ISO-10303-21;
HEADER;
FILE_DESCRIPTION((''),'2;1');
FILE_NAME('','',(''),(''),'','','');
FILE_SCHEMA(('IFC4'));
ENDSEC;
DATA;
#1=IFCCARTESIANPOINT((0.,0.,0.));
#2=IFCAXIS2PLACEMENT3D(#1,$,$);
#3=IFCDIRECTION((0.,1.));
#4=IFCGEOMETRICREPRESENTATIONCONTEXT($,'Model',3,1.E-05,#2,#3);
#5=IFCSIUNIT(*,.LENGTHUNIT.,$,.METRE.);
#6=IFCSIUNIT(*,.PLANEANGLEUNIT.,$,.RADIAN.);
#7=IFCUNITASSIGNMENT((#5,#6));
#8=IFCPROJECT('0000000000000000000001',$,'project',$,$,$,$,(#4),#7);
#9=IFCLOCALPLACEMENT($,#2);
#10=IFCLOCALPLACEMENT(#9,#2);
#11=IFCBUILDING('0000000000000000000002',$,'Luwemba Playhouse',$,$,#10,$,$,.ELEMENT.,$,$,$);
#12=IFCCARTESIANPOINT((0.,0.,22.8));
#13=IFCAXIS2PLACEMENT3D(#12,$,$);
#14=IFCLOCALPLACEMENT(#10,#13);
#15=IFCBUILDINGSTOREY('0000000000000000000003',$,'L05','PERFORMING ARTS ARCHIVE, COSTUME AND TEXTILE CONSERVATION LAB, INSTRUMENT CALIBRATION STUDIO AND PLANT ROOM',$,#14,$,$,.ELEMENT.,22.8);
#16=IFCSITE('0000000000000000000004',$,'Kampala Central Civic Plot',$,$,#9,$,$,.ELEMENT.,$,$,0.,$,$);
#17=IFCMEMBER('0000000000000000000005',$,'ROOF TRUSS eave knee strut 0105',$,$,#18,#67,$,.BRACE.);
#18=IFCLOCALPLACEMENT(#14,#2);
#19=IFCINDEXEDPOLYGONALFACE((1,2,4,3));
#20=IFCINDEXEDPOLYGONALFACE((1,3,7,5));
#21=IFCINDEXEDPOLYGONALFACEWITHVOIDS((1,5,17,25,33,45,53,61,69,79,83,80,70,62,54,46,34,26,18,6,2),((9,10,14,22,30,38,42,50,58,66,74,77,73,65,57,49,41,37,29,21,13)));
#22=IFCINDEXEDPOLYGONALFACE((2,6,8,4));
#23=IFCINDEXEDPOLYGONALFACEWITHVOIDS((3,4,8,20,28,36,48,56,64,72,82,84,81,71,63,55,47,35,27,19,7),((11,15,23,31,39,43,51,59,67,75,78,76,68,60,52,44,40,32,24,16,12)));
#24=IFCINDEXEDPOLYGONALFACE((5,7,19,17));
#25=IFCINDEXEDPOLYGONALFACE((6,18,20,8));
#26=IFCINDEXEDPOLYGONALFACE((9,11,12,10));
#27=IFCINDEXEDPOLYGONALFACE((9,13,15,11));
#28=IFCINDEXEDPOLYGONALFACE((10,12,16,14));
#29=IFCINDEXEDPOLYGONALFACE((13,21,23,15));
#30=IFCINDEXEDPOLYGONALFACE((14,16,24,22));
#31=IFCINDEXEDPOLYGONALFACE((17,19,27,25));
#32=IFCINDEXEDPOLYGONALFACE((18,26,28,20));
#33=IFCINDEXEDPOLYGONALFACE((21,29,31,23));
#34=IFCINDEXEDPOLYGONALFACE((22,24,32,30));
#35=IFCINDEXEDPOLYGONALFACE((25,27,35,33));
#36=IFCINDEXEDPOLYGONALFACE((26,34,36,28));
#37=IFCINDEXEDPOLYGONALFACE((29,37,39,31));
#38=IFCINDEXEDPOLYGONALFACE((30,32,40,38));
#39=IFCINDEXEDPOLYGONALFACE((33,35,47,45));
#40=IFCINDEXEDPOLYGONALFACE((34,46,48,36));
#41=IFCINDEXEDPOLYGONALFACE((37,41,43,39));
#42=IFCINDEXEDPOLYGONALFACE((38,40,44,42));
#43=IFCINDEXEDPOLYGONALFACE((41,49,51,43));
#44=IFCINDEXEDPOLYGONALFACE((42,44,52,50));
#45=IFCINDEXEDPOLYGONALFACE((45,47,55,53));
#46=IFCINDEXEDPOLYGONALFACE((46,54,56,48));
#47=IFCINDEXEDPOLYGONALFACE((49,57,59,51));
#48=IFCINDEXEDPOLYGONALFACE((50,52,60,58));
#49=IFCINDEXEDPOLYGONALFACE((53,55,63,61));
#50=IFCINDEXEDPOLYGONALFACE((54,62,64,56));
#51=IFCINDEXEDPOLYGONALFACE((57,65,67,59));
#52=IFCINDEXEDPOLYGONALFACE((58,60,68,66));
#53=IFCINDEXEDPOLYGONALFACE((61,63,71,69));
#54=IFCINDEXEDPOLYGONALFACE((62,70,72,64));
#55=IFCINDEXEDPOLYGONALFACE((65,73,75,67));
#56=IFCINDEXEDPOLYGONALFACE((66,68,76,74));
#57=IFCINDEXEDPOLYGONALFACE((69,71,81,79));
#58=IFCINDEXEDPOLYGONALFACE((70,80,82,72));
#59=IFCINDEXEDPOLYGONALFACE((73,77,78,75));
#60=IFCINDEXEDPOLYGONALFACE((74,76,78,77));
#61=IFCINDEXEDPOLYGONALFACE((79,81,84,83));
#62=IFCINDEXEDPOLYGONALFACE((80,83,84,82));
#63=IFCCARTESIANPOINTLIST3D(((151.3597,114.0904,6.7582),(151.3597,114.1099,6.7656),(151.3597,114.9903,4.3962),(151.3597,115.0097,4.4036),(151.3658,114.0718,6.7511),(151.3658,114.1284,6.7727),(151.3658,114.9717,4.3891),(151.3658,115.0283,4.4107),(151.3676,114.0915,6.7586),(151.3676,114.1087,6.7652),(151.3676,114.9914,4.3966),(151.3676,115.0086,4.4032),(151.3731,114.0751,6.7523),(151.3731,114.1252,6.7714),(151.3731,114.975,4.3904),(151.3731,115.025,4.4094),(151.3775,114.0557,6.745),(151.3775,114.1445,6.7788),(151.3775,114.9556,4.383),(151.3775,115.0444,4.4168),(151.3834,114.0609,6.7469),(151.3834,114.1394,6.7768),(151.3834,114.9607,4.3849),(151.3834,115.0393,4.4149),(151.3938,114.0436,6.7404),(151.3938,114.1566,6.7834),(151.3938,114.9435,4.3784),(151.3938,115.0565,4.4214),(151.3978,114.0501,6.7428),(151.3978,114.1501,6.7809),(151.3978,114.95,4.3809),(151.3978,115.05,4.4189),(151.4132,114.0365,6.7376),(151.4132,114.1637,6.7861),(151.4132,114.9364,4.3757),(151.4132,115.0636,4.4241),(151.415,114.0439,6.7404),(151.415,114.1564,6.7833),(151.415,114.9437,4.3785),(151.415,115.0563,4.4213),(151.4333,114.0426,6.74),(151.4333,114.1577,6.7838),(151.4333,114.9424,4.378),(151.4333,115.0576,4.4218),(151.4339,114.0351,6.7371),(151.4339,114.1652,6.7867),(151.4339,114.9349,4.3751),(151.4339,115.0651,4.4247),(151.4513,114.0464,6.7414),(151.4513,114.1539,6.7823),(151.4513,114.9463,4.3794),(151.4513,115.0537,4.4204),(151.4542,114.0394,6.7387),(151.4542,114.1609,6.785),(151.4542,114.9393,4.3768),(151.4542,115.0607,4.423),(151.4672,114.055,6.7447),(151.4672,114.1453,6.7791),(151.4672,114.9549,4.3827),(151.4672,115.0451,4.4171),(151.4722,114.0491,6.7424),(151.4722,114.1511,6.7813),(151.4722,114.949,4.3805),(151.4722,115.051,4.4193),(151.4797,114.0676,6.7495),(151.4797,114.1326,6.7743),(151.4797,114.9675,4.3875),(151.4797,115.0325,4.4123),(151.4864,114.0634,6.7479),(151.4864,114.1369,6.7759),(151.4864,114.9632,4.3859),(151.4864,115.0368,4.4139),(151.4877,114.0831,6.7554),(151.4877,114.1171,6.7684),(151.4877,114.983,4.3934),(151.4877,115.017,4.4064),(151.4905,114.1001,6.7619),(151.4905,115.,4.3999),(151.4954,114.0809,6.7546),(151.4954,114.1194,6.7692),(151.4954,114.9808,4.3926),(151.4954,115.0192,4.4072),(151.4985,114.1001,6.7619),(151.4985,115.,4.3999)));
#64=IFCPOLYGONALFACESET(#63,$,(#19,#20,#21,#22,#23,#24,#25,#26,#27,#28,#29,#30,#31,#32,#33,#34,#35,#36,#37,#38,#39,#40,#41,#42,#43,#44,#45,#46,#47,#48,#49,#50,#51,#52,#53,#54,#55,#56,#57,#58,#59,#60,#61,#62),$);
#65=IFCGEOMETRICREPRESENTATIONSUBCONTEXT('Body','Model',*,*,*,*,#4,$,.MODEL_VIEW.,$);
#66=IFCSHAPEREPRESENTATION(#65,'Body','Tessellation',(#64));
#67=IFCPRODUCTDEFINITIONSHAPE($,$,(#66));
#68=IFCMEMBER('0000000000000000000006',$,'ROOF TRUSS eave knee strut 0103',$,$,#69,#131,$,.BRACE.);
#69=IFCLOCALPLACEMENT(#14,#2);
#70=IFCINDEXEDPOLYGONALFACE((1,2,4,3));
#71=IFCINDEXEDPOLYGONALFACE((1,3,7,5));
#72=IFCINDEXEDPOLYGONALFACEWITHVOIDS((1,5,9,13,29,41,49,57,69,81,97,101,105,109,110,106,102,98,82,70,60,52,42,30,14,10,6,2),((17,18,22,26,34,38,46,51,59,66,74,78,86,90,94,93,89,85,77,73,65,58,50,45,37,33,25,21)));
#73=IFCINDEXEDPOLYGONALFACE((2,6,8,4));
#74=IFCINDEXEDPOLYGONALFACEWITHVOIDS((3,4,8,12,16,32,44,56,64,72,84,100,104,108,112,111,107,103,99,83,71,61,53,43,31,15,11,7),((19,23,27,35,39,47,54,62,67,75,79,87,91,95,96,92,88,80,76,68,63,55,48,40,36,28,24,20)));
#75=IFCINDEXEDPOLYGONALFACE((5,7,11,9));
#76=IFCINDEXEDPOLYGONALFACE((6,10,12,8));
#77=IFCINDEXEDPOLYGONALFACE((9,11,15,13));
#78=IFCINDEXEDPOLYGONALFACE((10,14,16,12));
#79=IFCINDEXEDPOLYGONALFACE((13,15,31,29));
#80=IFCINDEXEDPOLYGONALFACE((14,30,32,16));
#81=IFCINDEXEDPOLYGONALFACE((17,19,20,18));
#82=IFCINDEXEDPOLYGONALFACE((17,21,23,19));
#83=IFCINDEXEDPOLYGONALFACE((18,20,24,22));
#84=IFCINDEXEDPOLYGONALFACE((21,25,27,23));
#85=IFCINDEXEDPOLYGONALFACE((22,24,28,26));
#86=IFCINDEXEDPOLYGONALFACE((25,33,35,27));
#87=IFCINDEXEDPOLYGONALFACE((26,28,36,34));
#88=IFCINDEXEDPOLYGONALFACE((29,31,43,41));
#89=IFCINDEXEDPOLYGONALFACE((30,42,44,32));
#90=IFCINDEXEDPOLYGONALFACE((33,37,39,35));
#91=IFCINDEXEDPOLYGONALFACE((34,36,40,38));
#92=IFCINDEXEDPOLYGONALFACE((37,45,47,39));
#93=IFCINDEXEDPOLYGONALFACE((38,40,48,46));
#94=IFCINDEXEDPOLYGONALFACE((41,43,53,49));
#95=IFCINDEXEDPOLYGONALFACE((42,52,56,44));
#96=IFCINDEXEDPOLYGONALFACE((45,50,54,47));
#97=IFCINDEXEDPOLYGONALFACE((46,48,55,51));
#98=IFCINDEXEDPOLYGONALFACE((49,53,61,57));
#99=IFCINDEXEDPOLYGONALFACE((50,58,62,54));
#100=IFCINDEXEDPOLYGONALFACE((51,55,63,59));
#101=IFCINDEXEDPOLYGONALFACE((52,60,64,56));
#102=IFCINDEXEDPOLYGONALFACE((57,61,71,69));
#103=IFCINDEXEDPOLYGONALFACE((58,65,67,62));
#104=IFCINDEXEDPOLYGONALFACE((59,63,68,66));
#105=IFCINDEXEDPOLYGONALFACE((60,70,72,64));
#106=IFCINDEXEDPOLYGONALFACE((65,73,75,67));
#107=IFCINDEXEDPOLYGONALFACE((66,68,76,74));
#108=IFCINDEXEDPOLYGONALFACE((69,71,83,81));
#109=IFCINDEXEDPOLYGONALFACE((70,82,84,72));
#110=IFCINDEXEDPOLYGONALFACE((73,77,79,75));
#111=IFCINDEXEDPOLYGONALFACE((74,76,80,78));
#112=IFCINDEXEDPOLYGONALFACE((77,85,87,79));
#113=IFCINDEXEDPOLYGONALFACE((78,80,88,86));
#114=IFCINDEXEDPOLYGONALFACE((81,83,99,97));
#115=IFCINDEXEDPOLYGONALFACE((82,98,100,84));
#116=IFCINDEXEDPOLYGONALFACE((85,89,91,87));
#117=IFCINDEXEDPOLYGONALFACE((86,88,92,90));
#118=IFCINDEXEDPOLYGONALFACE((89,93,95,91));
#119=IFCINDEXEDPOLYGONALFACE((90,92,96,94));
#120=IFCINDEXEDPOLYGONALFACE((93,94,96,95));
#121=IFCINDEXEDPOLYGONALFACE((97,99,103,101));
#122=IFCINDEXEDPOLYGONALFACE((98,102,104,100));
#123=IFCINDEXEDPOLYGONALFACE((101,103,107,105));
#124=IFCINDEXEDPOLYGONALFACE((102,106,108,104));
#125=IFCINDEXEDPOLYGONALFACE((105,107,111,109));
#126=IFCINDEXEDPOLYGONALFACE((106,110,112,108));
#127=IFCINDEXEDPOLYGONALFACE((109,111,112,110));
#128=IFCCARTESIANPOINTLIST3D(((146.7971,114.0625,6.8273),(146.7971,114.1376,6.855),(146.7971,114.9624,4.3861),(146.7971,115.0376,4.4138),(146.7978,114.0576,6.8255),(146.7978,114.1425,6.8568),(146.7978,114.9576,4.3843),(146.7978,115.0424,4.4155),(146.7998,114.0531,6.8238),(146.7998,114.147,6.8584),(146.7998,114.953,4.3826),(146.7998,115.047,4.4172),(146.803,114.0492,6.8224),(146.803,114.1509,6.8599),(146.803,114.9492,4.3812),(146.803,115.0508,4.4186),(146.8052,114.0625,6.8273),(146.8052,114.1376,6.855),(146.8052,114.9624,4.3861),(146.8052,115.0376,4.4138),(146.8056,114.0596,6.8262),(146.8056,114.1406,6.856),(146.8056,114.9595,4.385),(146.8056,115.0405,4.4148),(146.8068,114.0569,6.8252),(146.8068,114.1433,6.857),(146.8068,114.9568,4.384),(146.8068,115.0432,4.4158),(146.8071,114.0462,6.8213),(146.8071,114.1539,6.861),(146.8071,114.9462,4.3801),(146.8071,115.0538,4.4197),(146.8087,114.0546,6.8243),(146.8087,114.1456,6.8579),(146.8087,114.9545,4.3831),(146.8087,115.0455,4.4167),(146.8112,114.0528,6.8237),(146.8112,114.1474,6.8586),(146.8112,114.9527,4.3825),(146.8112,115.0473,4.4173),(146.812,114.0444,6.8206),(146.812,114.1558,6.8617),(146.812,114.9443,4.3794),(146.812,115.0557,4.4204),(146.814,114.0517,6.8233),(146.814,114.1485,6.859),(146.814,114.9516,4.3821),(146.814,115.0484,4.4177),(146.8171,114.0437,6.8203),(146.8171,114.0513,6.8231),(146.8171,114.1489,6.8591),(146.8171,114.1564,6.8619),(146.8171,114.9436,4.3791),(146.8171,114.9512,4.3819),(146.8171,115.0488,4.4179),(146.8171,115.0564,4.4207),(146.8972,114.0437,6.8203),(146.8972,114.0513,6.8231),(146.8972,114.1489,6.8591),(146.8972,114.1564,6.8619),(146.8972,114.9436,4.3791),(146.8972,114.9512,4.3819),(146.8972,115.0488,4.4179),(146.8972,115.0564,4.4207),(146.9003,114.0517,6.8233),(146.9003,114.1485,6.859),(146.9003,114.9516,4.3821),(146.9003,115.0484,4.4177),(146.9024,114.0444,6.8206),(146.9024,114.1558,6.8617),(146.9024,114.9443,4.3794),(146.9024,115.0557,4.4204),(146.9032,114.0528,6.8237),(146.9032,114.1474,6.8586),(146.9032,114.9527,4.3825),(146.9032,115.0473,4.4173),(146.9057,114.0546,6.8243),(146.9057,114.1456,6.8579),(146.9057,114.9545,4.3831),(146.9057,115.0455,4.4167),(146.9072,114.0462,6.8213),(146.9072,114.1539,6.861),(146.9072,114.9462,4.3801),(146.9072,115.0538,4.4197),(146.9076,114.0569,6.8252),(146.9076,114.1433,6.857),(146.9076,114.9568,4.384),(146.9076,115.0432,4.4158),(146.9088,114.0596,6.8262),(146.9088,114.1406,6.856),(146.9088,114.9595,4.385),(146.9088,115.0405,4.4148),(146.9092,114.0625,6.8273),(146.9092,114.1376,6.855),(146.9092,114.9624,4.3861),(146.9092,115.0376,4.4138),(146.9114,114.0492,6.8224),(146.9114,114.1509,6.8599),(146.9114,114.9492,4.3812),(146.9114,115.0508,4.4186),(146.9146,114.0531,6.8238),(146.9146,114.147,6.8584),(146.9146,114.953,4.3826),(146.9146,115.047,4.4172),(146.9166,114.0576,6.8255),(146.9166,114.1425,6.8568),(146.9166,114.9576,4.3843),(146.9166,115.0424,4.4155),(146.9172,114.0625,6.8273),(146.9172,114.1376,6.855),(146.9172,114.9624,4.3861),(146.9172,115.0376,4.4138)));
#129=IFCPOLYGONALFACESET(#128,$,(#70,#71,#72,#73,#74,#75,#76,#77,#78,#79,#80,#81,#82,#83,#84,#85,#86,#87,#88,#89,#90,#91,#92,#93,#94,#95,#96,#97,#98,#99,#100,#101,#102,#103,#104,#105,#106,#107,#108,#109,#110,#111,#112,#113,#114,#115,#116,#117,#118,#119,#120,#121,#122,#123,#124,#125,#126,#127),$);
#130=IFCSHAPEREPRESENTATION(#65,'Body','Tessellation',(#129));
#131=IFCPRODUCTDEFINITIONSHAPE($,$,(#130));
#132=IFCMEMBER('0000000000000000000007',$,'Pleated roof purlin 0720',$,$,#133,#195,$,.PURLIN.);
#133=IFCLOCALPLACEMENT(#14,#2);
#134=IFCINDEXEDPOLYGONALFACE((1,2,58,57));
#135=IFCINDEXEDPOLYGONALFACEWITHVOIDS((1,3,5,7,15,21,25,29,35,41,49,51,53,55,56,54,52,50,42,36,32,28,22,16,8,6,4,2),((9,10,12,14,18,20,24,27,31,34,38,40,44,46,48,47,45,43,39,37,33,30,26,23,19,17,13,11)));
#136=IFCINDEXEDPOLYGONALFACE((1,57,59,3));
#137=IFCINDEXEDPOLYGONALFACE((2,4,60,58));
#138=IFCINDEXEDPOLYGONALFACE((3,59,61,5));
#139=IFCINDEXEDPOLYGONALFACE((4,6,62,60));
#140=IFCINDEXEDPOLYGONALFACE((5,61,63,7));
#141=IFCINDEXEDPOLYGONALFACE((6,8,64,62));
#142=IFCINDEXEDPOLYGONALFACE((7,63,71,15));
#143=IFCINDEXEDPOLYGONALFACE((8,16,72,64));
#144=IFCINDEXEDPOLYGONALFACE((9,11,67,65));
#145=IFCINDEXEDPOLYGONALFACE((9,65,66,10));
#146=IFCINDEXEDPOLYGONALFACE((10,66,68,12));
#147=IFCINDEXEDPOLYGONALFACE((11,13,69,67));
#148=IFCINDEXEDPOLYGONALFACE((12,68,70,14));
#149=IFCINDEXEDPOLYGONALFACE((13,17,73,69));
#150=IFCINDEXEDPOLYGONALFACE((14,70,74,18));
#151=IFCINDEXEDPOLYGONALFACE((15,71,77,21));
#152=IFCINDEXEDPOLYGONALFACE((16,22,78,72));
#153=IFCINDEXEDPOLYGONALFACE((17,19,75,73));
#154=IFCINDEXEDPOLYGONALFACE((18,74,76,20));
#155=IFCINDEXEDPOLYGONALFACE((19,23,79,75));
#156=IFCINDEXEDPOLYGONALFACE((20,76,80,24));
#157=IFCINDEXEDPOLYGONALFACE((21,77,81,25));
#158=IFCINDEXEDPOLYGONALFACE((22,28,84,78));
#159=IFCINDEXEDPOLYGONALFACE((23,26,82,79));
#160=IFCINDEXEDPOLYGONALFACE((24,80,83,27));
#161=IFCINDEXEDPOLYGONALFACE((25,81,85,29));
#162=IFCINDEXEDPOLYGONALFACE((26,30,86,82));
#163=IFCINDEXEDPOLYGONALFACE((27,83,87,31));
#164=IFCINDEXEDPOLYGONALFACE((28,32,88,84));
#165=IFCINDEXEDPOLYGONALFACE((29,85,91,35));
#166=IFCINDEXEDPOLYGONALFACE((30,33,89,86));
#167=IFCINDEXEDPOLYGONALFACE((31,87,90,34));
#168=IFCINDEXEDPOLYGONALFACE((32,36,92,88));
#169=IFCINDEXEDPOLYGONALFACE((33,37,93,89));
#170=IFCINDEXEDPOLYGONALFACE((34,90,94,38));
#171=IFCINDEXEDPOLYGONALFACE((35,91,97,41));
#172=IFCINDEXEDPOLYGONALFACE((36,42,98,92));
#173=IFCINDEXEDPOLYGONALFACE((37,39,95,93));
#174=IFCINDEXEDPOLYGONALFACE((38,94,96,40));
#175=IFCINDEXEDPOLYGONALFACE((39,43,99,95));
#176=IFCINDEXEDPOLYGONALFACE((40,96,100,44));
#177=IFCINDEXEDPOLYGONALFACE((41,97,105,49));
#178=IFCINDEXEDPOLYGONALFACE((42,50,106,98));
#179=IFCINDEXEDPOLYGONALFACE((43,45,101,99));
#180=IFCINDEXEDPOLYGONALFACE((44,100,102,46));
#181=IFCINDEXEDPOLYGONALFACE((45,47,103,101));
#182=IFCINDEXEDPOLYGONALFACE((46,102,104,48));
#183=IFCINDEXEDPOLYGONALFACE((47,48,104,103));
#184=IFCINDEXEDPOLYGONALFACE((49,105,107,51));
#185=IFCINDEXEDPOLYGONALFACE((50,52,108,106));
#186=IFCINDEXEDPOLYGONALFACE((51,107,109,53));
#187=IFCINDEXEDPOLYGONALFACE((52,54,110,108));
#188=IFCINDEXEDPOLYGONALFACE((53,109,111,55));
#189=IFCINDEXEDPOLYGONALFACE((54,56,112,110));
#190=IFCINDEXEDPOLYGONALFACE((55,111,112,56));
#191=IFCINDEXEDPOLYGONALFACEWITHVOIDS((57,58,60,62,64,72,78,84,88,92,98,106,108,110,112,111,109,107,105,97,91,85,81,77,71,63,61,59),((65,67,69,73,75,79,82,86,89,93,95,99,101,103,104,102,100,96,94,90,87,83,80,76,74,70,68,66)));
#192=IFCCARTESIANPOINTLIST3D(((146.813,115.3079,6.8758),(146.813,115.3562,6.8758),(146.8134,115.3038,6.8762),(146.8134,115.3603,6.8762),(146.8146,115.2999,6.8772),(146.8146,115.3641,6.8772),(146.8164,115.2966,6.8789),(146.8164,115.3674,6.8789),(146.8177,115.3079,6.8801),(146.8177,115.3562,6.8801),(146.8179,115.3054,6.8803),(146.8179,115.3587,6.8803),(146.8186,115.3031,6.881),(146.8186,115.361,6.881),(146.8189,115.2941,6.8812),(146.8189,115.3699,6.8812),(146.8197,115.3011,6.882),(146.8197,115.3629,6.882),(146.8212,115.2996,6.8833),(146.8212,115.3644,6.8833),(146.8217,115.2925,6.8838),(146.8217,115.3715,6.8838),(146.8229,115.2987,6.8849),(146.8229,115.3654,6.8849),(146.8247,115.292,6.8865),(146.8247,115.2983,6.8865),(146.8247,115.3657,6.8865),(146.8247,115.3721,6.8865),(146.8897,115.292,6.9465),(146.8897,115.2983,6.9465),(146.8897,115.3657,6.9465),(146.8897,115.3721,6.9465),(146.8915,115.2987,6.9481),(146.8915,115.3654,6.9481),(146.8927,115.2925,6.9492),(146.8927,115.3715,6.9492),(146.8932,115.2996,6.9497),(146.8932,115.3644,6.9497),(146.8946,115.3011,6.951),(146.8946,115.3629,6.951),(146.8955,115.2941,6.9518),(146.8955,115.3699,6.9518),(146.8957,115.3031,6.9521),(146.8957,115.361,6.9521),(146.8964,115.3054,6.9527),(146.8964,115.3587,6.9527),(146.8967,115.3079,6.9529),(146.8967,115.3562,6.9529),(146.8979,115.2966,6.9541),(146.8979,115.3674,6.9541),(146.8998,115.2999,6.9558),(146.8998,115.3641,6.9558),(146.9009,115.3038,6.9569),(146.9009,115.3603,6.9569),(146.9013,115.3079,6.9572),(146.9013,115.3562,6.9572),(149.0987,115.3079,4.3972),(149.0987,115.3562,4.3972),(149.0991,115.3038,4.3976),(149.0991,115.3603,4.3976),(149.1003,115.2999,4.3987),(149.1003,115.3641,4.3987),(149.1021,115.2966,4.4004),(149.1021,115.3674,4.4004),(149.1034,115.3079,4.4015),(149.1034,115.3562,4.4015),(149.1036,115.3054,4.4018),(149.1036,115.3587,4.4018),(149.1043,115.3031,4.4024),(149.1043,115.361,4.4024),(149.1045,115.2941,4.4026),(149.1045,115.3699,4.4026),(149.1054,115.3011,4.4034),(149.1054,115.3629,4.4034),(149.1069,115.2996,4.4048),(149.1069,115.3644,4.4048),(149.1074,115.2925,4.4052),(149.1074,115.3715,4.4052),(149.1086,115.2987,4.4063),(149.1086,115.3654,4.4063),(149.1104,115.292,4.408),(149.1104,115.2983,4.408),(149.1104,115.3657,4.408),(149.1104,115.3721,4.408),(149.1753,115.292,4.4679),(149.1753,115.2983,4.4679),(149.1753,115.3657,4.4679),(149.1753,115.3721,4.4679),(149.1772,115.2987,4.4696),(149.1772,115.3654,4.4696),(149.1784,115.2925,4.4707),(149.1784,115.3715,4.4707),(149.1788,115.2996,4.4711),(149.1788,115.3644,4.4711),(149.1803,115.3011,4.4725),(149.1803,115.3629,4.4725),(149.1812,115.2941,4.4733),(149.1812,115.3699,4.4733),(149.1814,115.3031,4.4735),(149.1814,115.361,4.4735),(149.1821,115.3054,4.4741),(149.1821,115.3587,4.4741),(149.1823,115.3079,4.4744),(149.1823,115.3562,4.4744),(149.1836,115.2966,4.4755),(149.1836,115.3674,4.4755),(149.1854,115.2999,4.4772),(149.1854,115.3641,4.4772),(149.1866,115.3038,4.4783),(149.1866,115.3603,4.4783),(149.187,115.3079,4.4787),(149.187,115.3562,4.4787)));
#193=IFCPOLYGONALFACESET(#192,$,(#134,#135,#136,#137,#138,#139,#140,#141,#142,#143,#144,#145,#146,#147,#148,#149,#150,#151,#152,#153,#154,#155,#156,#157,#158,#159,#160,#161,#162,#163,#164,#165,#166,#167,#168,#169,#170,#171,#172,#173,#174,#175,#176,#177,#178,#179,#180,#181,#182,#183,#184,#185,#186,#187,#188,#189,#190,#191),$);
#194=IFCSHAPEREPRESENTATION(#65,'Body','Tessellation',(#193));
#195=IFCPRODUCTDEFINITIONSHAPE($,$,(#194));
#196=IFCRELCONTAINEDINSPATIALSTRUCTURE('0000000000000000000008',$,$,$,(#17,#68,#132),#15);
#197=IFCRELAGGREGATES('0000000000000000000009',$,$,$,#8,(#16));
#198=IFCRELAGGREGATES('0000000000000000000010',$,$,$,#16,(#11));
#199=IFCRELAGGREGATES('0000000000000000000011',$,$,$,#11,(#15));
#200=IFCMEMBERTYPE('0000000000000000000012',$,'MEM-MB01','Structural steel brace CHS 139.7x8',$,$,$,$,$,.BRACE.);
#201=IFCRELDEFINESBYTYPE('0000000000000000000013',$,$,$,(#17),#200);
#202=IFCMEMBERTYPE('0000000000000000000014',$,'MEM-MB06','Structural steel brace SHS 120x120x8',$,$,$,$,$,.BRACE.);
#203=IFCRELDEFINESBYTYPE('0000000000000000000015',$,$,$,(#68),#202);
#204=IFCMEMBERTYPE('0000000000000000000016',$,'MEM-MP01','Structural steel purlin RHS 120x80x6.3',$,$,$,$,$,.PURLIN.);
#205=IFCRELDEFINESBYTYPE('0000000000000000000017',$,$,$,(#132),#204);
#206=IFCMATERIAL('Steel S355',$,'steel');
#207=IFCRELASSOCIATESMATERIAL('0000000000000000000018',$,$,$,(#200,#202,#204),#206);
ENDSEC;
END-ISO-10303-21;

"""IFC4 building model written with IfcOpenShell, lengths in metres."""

from ifc_helpers import new_model, si_unit, direction, frame, origin, origin_2d, place, context, subcontext, project, spatial, hollow_rectangle, hollow_circle, extrude, material, material_profile, profile_set, type_object, element, save


model = new_model("IFC4")

# Units and contexts
model_context = context("Model", 3, precision=1e-05, world=origin(), true_north=direction((0.0, 1.0)))
body_context = subcontext(model_context, "Body", "Model", "MODEL_VIEW")
ifc_project = project(units=[si_unit("LENGTHUNIT", "METRE"), si_unit("PLANEANGLEUNIT", "RADIAN")], contexts=[model_context])

# Site, building, storey
site_placement = place(None, origin())
site = spatial("IfcSite", under=ifc_project, at=site_placement, Name="Kampala Central Civic Plot", CompositionType="ELEMENT", RefElevation=0.0)
building_placement = place(site_placement, origin())
building = spatial("IfcBuilding", under=site, at=building_placement, Name="Luwemba Playhouse", CompositionType="ELEMENT")
storey_placement = place(building_placement, frame((0.0, 0.0, 22.8)))
storey = spatial("IfcBuildingStorey", under=building, at=storey_placement, Name="L05", Description="PERFORMING ARTS ARCHIVE, COSTUME AND TEXTILE CONSERVATION LAB, INSTRUMENT CALIBRATION STUDIO AND PLANT ROOM", CompositionType="ELEMENT", Elevation=22.8)

# Shared definitions
ifc_material_1 = material(Name="Steel S355", Category="steel")

# Members
ifc_material_profile_1 = material_profile(ifc_material_1, hollow_circle(Radius=0.0698, WallThickness=0.0081, at=origin_2d()))
ifc_profile_set_1 = profile_set([ifc_material_profile_1], Name="Steel S355")
member_type_1 = type_object("IfcMemberType", Name="MEM-MB01", Description="Structural steel brace CHS 139.7x8", PredefinedType="BRACE", material=ifc_profile_set_1)
member_1_placement = place(storey_placement, frame((151.4287, 115.0, 4.3999), z_axis=(0.0, -0.356019, 0.934479), x_axis=(1.0, 0.0, 0.0)))
element("IfcMember", 1, at=member_1_placement, inside=storey, type_object=member_type_1, Name="ROOF TRUSS eave knee strut 0105", PredefinedType="BRACE", context=body_context, shape_type="SweptSolid", body=[
    extrude(hollow_circle(Radius=0.0698, WallThickness=0.0081, at=origin_2d()), origin(), (0.0, 0.0, 1.0), 2.5276),
])
ifc_material_profile_2 = material_profile(ifc_material_1, hollow_rectangle(XDim=0.1201, YDim=0.1201, WallThickness=0.0081, InnerFilletRadius=0.012, OuterFilletRadius=0.02, at=origin_2d()))
ifc_profile_set_2 = profile_set([ifc_material_profile_2], Name="Steel S355")
member_type_2 = type_object("IfcMemberType", Name="MEM-MB06", Description="Structural steel brace SHS 120x120x8", PredefinedType="BRACE", material=ifc_profile_set_2)
member_2_placement = place(storey_placement, frame((146.8572, 115.0, 4.3999), z_axis=(0.0, -0.345884, 0.938277), x_axis=(1.0, 0.0, 0.0)))
element("IfcMember", 2, at=member_2_placement, inside=storey, type_object=member_type_2, Name="ROOF TRUSS eave knee strut 0103", PredefinedType="BRACE", context=body_context, shape_type="SweptSolid", body=[
    extrude(hollow_rectangle(XDim=0.1201, YDim=0.1201, WallThickness=0.0081, InnerFilletRadius=0.012, OuterFilletRadius=0.02, at=origin_2d()), origin(), (0.0, 0.0, 1.0), 2.6018),
])
ifc_material_profile_3 = material_profile(ifc_material_1, hollow_rectangle(XDim=0.0801, YDim=0.1201, WallThickness=0.0063, InnerFilletRadius=0.0095, OuterFilletRadius=0.0159, at=origin_2d()))
ifc_profile_set_3 = profile_set([ifc_material_profile_3], Name="Steel S355")
member_type_3 = type_object("IfcMemberType", Name="MEM-MP01", Description="Structural steel purlin RHS 120x80x6.3", PredefinedType="PURLIN", material=ifc_profile_set_3)
member_3_placement = place(storey_placement, frame((146.8572, 115.332, 6.9165), z_axis=(0.677925, 0.0, -0.735131), x_axis=(0.0, 1.0, 0.0)))
element("IfcMember", 3, at=member_3_placement, inside=storey, type_object=member_type_3, Name="Pleated roof purlin 0720", PredefinedType="PURLIN", context=body_context, shape_type="SweptSolid", body=[
    extrude(hollow_rectangle(XDim=0.0801, YDim=0.1201, WallThickness=0.0063, InnerFilletRadius=0.0095, OuterFilletRadius=0.0159, at=origin_2d()), origin(), (0.0, 0.0, 1.0), 3.3716),
])

save(model, "model.ifc")
